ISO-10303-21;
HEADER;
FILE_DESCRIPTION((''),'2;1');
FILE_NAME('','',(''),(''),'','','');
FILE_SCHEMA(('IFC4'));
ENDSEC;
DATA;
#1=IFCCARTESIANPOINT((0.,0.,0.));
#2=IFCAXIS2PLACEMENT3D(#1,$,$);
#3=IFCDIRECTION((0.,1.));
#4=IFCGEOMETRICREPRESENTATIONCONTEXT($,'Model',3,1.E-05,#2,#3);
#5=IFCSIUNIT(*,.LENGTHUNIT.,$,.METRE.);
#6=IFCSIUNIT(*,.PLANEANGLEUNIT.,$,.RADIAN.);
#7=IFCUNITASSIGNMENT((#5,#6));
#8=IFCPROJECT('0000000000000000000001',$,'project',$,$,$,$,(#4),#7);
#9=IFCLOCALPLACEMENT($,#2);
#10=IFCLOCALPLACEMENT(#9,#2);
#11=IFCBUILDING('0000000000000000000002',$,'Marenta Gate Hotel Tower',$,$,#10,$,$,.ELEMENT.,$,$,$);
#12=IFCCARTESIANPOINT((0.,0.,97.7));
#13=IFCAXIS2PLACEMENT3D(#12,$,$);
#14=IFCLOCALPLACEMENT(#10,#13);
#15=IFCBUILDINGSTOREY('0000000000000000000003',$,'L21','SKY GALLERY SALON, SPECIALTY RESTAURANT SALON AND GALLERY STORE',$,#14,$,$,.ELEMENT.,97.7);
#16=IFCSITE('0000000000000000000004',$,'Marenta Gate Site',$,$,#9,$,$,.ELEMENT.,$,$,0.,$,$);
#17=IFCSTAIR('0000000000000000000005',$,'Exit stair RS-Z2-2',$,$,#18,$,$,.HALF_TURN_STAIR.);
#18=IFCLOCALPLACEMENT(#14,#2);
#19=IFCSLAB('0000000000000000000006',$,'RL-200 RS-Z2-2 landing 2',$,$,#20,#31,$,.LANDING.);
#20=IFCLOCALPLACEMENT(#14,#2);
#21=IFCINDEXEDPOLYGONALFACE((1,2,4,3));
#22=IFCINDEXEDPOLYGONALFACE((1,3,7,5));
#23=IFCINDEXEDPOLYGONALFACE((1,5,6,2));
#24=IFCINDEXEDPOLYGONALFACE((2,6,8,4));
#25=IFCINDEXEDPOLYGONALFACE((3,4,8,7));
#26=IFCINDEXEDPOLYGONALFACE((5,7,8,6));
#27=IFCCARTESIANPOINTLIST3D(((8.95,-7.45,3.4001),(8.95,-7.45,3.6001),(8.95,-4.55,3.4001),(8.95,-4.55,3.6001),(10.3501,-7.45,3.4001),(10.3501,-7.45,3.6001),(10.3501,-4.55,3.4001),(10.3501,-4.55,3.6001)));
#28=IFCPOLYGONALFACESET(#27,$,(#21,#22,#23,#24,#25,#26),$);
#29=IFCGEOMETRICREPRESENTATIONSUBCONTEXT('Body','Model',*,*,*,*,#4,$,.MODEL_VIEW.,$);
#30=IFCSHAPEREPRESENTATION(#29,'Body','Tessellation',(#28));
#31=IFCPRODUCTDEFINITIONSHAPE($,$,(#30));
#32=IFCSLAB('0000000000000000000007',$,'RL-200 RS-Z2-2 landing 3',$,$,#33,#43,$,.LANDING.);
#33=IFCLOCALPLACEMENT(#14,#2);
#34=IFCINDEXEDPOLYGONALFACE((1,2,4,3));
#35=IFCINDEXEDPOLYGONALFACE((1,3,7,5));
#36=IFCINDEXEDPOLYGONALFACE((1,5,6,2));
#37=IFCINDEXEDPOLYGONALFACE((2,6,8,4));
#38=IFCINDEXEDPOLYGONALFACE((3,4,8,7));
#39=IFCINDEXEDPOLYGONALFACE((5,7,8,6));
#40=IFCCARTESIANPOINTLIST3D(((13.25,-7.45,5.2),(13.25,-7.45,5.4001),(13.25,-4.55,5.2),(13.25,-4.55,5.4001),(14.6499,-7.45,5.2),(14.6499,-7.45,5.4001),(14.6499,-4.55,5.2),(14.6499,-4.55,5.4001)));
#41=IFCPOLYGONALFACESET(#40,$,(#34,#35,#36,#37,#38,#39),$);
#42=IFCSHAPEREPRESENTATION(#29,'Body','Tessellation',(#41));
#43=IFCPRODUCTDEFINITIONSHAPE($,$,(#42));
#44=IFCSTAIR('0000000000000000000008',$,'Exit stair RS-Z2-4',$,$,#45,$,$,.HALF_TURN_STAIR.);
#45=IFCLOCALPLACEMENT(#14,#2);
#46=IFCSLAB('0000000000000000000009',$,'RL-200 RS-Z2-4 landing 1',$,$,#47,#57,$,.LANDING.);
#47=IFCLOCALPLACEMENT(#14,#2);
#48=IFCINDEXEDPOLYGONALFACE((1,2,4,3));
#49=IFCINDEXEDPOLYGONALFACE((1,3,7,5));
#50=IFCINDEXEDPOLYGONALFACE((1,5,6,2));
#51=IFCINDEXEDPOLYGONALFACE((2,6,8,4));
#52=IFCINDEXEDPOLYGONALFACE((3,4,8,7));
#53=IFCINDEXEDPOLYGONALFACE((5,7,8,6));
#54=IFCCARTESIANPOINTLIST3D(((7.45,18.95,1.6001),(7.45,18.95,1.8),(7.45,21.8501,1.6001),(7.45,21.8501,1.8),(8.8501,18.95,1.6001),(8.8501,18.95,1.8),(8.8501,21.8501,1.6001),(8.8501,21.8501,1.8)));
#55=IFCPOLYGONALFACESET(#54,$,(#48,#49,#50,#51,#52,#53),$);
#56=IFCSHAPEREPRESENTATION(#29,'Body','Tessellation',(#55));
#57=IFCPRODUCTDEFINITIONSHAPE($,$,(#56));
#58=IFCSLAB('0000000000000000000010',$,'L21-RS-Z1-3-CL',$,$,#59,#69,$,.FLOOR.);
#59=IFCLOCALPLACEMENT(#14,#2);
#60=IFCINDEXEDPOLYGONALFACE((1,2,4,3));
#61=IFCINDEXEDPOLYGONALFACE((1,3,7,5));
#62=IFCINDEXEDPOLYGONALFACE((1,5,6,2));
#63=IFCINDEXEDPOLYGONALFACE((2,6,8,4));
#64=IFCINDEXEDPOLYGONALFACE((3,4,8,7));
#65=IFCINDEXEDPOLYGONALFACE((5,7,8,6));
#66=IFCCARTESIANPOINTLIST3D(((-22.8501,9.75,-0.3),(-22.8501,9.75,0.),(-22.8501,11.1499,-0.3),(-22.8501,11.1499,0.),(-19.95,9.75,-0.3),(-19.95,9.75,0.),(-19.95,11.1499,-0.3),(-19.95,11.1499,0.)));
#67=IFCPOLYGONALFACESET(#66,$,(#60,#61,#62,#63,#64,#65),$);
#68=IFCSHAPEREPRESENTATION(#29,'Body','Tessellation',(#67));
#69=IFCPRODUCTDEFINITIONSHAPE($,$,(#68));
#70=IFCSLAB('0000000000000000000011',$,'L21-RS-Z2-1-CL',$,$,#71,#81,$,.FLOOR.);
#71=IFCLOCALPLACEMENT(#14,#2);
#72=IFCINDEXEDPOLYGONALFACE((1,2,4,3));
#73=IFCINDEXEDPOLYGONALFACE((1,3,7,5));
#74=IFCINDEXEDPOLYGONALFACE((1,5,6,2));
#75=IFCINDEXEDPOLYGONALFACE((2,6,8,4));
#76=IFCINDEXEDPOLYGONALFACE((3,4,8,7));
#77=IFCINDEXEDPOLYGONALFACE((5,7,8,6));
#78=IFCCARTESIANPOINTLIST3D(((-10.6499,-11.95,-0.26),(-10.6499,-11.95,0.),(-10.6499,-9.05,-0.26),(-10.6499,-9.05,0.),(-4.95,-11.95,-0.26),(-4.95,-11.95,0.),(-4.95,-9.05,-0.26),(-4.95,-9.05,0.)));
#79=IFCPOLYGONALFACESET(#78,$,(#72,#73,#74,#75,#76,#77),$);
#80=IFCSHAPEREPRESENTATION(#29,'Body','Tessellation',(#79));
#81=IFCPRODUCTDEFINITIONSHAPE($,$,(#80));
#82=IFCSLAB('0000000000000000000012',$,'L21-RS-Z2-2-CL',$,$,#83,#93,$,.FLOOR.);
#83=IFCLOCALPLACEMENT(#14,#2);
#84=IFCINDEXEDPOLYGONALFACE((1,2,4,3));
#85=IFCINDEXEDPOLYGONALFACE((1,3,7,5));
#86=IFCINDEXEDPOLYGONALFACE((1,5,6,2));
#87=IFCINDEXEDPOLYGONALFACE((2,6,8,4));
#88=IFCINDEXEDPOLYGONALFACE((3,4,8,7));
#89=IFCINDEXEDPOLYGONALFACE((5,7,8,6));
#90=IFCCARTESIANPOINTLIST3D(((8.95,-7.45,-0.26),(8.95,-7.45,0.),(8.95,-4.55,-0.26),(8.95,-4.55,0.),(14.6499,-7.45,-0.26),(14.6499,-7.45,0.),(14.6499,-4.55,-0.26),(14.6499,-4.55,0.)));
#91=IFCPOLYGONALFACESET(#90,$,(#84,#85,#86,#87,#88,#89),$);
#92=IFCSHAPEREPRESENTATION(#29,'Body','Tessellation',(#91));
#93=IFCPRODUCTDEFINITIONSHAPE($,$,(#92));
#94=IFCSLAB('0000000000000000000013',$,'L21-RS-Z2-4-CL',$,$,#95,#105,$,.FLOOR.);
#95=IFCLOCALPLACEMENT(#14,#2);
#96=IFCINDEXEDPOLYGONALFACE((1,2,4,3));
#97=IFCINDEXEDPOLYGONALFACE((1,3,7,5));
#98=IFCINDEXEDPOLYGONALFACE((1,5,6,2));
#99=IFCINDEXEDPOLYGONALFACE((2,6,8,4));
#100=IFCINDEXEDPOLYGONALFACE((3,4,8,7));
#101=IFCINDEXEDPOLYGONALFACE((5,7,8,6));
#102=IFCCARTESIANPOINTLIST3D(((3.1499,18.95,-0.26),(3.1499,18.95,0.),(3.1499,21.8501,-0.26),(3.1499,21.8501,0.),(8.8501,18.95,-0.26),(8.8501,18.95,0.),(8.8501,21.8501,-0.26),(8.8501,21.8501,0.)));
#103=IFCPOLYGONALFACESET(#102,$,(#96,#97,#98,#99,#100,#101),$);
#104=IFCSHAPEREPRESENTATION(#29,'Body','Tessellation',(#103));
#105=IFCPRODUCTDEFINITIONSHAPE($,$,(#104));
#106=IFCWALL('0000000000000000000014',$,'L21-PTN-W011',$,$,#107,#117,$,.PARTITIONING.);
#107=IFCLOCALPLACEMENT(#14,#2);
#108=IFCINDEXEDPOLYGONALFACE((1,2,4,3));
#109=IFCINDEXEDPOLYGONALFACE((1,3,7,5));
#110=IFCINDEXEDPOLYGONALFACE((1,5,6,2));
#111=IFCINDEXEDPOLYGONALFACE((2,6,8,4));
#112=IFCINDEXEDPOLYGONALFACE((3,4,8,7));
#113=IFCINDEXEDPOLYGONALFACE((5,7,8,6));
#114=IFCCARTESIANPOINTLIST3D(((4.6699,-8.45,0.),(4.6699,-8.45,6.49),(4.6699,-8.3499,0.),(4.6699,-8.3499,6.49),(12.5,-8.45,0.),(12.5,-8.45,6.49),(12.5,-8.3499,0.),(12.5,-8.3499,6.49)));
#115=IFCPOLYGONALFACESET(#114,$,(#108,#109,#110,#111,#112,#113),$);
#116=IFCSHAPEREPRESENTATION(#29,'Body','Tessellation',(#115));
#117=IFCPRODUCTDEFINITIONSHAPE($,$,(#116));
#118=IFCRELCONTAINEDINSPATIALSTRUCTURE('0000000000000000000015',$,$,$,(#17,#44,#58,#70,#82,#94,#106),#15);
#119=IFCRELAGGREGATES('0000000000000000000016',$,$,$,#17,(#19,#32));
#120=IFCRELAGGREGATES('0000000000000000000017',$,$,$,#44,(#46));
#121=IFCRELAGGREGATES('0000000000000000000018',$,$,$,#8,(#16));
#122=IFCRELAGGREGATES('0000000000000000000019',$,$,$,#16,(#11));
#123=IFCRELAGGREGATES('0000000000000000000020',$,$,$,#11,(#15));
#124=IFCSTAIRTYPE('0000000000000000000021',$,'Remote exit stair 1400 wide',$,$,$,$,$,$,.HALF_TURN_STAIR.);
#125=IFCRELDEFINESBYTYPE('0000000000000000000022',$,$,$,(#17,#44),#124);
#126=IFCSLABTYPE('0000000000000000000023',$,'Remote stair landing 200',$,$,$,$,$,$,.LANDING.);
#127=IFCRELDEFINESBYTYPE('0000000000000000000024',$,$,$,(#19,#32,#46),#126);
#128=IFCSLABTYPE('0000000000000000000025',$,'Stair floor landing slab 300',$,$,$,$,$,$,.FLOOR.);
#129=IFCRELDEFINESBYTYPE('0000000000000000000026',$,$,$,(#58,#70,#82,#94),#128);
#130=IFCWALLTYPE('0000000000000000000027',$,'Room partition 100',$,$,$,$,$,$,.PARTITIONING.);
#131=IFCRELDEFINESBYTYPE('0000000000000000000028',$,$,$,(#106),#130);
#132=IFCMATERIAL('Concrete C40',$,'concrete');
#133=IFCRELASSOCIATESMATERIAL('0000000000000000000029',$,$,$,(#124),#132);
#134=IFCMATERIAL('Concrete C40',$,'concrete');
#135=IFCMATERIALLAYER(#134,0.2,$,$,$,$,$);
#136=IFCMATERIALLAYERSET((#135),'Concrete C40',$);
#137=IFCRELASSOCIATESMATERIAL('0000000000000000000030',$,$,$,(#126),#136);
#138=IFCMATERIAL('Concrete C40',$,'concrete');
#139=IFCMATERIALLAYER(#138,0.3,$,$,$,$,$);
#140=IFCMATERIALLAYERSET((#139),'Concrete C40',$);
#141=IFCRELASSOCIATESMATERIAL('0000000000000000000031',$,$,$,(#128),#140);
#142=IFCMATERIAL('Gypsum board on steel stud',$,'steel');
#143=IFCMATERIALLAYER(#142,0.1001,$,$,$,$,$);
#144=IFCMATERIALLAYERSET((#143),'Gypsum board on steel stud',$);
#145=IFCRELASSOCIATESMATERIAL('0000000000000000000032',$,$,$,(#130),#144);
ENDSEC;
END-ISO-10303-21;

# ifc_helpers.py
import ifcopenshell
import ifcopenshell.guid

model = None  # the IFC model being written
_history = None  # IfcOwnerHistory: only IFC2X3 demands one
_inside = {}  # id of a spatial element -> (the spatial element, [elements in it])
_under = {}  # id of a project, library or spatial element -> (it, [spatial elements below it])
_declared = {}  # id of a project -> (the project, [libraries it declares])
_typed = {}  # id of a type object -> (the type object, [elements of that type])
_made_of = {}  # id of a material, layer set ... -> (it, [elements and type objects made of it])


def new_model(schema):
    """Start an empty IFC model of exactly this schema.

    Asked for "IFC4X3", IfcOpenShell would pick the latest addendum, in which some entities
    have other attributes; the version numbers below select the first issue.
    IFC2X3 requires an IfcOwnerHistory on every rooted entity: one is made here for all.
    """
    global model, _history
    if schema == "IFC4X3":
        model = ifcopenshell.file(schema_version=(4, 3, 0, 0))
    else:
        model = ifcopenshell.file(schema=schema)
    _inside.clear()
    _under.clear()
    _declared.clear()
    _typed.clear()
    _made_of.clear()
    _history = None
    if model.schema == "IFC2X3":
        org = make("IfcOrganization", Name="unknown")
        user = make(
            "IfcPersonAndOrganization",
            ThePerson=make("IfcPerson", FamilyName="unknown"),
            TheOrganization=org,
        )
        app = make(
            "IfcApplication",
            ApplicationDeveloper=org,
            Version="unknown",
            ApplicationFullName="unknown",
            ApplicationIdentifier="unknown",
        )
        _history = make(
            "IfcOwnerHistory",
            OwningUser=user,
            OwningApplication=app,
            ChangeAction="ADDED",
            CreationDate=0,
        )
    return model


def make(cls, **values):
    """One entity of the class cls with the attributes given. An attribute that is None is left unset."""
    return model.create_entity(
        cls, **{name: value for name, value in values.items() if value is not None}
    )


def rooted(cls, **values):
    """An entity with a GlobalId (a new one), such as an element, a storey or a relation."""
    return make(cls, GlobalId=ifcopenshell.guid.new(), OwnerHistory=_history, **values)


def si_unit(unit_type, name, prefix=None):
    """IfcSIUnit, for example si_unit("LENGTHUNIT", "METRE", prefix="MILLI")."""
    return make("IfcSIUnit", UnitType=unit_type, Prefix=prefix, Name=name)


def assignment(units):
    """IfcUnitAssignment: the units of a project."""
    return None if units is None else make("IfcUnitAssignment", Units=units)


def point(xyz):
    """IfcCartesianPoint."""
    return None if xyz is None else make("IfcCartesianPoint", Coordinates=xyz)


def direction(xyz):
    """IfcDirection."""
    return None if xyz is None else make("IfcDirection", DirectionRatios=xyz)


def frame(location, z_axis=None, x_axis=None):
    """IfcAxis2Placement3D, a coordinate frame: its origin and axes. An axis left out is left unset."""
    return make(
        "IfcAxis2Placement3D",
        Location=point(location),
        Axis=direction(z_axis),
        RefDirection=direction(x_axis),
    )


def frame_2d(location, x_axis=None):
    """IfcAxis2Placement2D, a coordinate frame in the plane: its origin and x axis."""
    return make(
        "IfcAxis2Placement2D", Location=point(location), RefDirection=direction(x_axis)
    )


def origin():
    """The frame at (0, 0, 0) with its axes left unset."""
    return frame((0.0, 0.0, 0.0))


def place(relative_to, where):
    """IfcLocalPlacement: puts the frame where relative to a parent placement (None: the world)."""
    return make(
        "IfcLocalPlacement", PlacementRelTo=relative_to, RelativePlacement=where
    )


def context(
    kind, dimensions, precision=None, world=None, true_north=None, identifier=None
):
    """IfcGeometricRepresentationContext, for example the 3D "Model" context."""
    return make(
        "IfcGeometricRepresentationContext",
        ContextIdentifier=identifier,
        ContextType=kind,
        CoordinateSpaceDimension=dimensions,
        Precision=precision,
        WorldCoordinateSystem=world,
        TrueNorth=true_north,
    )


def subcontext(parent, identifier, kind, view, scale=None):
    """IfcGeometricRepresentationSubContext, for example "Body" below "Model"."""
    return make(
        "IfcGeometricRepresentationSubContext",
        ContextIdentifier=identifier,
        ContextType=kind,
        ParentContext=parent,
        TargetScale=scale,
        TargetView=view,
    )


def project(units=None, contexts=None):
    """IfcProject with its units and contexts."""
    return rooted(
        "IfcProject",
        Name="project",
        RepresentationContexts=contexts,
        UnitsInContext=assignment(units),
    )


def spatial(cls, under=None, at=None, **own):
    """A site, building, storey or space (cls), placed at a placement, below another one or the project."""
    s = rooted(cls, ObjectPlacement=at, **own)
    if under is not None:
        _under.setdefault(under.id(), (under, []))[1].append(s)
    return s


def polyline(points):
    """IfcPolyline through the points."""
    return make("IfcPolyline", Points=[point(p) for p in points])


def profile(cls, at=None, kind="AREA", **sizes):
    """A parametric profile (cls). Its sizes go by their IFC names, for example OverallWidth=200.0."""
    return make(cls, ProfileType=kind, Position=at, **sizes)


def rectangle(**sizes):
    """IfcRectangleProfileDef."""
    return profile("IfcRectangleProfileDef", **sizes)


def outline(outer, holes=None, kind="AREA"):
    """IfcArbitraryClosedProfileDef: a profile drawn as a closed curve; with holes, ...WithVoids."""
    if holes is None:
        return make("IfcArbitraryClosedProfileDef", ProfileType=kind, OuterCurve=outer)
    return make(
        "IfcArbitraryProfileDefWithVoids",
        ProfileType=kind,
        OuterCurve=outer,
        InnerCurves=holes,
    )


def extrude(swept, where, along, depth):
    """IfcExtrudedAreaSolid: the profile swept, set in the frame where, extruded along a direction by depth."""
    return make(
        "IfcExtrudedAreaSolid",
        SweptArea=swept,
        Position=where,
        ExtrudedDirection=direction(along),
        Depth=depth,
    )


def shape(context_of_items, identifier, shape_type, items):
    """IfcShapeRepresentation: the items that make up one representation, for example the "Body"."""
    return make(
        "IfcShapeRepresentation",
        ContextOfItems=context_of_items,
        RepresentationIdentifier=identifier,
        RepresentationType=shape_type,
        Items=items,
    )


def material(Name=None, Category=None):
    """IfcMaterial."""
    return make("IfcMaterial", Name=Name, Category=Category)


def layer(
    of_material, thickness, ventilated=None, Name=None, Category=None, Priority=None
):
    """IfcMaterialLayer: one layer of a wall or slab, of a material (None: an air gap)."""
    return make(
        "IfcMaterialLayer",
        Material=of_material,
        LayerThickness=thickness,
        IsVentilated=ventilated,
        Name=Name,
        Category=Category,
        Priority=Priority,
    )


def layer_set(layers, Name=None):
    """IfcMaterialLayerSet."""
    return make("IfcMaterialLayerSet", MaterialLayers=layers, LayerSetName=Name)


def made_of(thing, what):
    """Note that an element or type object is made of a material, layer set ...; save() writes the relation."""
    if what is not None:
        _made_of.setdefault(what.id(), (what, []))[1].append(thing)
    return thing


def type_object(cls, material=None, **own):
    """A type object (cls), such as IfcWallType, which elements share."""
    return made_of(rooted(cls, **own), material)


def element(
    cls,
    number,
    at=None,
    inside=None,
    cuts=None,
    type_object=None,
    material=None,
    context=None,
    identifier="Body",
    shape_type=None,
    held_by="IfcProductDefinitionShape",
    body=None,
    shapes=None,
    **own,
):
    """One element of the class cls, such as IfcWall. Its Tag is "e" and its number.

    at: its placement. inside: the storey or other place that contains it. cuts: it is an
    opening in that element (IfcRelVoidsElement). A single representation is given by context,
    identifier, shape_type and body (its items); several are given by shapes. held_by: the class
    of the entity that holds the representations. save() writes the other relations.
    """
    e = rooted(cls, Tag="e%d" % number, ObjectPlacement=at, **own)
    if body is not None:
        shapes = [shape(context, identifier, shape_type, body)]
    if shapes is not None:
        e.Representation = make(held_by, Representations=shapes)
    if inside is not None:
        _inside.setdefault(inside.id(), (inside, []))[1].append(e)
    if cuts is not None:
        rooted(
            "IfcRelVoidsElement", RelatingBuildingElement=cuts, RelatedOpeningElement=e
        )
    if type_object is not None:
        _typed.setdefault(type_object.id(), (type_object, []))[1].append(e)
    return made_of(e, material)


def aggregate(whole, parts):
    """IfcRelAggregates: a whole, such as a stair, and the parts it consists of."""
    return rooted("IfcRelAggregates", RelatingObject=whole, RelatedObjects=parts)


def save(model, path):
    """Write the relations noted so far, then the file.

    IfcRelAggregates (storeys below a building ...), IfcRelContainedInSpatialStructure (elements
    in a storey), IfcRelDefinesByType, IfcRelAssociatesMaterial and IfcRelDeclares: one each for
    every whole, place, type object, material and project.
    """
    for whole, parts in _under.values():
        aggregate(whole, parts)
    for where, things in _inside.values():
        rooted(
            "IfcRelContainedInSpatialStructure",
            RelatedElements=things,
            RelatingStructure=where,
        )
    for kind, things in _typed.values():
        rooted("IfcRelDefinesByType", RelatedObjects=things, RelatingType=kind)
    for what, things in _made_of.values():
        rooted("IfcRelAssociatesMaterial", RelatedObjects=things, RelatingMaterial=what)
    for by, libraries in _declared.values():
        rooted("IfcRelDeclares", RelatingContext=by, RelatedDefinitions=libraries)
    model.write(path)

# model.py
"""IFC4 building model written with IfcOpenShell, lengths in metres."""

from ifc_helpers import new_model, si_unit, direction, frame, frame_2d, origin, place, context, subcontext, project, spatial, polyline, rectangle, outline, extrude, material, layer, layer_set, type_object, element, aggregate, save


model = new_model("IFC4")

# Units and contexts
model_context = context("Model", 3, precision=1e-05, world=origin(), true_north=direction((0.0, 1.0)))
body_context = subcontext(model_context, "Body", "Model", "MODEL_VIEW")
ifc_project = project(units=[si_unit("LENGTHUNIT", "METRE"), si_unit("PLANEANGLEUNIT", "RADIAN")], contexts=[model_context])

# Site, building, storey
site_placement = place(None, origin())
site = spatial("IfcSite", under=ifc_project, at=site_placement, Name="Marenta Gate Site", CompositionType="ELEMENT", RefElevation=0.0)
building_placement = place(site_placement, origin())
building = spatial("IfcBuilding", under=site, at=building_placement, Name="Marenta Gate Hotel Tower", CompositionType="ELEMENT")
storey_placement = place(building_placement, frame((0.0, 0.0, 97.7)))
storey = spatial("IfcBuildingStorey", under=building, at=storey_placement, Name="L21", Description="SKY GALLERY SALON, SPECIALTY RESTAURANT SALON AND GALLERY STORE", CompositionType="ELEMENT", Elevation=97.7)

# Stair, slabs
ifc_material_1 = material(Name="Concrete C40", Category="concrete")
stair_type_1 = type_object("IfcStairType", Name="Remote exit stair 1400 wide", PredefinedType="HALF_TURN_STAIR", material=ifc_material_1)
ifc_material_2 = material(Name="Concrete C40", Category="concrete")
ifc_layer_1 = layer(ifc_material_2, 0.2)
ifc_layer_set_1 = layer_set([ifc_layer_1], Name="Concrete C40")
slab_type_1 = type_object("IfcSlabType", Name="Remote stair landing 200", PredefinedType="LANDING", material=ifc_layer_set_1)
stair_1_placement = place(storey_placement, origin())
stair_1 = element("IfcStair", 1, at=stair_1_placement, inside=storey, type_object=stair_type_1, Name="Exit stair RS-Z2-2", PredefinedType="HALF_TURN_STAIR")
slab_1_placement = place(storey_placement, frame((0.0, 0.0, 3.4001)))
slab_1 = element("IfcSlab", 2, at=slab_1_placement, type_object=slab_type_1, Name="RL-200 RS-Z2-2 landing 2", PredefinedType="LANDING", context=body_context, shape_type="SweptSolid", body=[
    extrude(outline(polyline([(8.95, -7.45), (10.3501, -7.45), (10.3501, -4.55), (8.95, -4.55), (8.95, -7.45)])), origin(), (0.0, 0.0, 1.0), 0.2),
])
slab_2_placement = place(storey_placement, frame((0.0, 0.0, 5.2)))
slab_2 = element("IfcSlab", 3, at=slab_2_placement, type_object=slab_type_1, Name="RL-200 RS-Z2-2 landing 3", PredefinedType="LANDING", context=body_context, shape_type="SweptSolid", body=[
    extrude(outline(polyline([(13.25, -7.45), (14.6499, -7.45), (14.6499, -4.55), (13.25, -4.55), (13.25, -7.45)])), origin(), (0.0, 0.0, 1.0), 0.2002),
])
aggregate(stair_1, [slab_1, slab_2])

# Stair, slab
stair_2_placement = place(storey_placement, origin())
stair_2 = element("IfcStair", 4, at=stair_2_placement, inside=storey, type_object=stair_type_1, Name="Exit stair RS-Z2-4", PredefinedType="HALF_TURN_STAIR")
slab_3_placement = place(storey_placement, frame((0.0, 0.0, 1.6001)))
slab_3 = element("IfcSlab", 5, at=slab_3_placement, type_object=slab_type_1, Name="RL-200 RS-Z2-4 landing 1", PredefinedType="LANDING", context=body_context, shape_type="SweptSolid", body=[
    extrude(outline(polyline([(7.45, 18.95), (8.8501, 18.95), (8.8501, 21.8501), (7.45, 21.8501), (7.45, 18.95)])), origin(), (0.0, 0.0, 1.0), 0.2),
])
aggregate(stair_2, [slab_3])

# Slabs
ifc_material_3 = material(Name="Concrete C40", Category="concrete")
ifc_layer_2 = layer(ifc_material_3, 0.3)
ifc_layer_set_2 = layer_set([ifc_layer_2], Name="Concrete C40")
slab_type_2 = type_object("IfcSlabType", Name="Stair floor landing slab 300", PredefinedType="FLOOR", material=ifc_layer_set_2)
slab_4_placement = place(storey_placement, frame((0.0, 0.0, -0.3)))
element("IfcSlab", 6, at=slab_4_placement, inside=storey, type_object=slab_type_2, Name="L21-RS-Z1-3-CL", PredefinedType="FLOOR", context=body_context, shape_type="SweptSolid", body=[
    extrude(outline(polyline([(-19.95, 9.75), (-19.95, 11.1499), (-22.8501, 11.1499), (-22.8501, 9.75), (-19.95, 9.75)])), origin(), (0.0, 0.0, 1.0), 0.3),
])
slab_5_placement = place(storey_placement, frame((0.0, 0.0, -0.26)))
element("IfcSlab", 7, at=slab_5_placement, inside=storey, type_object=slab_type_2, Name="L21-RS-Z2-1-CL", PredefinedType="FLOOR", context=body_context, shape_type="SweptSolid", body=[
    extrude(outline(polyline([(-4.95, -11.95), (-4.95, -9.05), (-10.6499, -9.05), (-10.6499, -11.95), (-4.95, -11.95)])), origin(), (0.0, 0.0, 1.0), 0.26),
])
slab_6_placement = place(storey_placement, frame((0.0, 0.0, -0.26)))
element("IfcSlab", 8, at=slab_6_placement, inside=storey, type_object=slab_type_2, Name="L21-RS-Z2-2-CL", PredefinedType="FLOOR", context=body_context, shape_type="SweptSolid", body=[
    extrude(outline(polyline([(14.6499, -7.45), (14.6499, -4.55), (8.95, -4.55), (8.95, -7.45), (14.6499, -7.45)])), origin(), (0.0, 0.0, 1.0), 0.26),
])
slab_7_placement = place(storey_placement, frame((0.0, 0.0, -0.26)))
element("IfcSlab", 9, at=slab_7_placement, inside=storey, type_object=slab_type_2, Name="L21-RS-Z2-4-CL", PredefinedType="FLOOR", context=body_context, shape_type="SweptSolid", body=[
    extrude(outline(polyline([(8.8501, 18.95), (8.8501, 21.8501), (3.1499, 21.8501), (3.1499, 18.95), (8.8501, 18.95)])), origin(), (0.0, 0.0, 1.0), 0.26),
])

# Wall
ifc_material_4 = material(Name="Gypsum board on steel stud", Category="steel")
ifc_layer_3 = layer(ifc_material_4, 0.1001)
ifc_layer_set_3 = layer_set([ifc_layer_3], Name="Gypsum board on steel stud")
wall_type = type_object("IfcWallType", Name="Room partition 100", PredefinedType="PARTITIONING", material=ifc_layer_set_3)
wall_placement = place(storey_placement, frame((4.6699, -8.3999, 0.0), z_axis=(0.0, 0.0, 1.0), x_axis=(1.0, 0.0, 0.0)))
element("IfcWall", 10, at=wall_placement, inside=storey, type_object=wall_type, Name="L21-PTN-W011", PredefinedType="PARTITIONING", context=body_context, shape_type="SweptSolid", body=[
    extrude(rectangle(XDim=7.8301, YDim=0.1001, at=frame_2d((3.915, 0.0))), origin(), (0.0, 0.0, 1.0), 6.49),
])

save(model, "model.ifc")
